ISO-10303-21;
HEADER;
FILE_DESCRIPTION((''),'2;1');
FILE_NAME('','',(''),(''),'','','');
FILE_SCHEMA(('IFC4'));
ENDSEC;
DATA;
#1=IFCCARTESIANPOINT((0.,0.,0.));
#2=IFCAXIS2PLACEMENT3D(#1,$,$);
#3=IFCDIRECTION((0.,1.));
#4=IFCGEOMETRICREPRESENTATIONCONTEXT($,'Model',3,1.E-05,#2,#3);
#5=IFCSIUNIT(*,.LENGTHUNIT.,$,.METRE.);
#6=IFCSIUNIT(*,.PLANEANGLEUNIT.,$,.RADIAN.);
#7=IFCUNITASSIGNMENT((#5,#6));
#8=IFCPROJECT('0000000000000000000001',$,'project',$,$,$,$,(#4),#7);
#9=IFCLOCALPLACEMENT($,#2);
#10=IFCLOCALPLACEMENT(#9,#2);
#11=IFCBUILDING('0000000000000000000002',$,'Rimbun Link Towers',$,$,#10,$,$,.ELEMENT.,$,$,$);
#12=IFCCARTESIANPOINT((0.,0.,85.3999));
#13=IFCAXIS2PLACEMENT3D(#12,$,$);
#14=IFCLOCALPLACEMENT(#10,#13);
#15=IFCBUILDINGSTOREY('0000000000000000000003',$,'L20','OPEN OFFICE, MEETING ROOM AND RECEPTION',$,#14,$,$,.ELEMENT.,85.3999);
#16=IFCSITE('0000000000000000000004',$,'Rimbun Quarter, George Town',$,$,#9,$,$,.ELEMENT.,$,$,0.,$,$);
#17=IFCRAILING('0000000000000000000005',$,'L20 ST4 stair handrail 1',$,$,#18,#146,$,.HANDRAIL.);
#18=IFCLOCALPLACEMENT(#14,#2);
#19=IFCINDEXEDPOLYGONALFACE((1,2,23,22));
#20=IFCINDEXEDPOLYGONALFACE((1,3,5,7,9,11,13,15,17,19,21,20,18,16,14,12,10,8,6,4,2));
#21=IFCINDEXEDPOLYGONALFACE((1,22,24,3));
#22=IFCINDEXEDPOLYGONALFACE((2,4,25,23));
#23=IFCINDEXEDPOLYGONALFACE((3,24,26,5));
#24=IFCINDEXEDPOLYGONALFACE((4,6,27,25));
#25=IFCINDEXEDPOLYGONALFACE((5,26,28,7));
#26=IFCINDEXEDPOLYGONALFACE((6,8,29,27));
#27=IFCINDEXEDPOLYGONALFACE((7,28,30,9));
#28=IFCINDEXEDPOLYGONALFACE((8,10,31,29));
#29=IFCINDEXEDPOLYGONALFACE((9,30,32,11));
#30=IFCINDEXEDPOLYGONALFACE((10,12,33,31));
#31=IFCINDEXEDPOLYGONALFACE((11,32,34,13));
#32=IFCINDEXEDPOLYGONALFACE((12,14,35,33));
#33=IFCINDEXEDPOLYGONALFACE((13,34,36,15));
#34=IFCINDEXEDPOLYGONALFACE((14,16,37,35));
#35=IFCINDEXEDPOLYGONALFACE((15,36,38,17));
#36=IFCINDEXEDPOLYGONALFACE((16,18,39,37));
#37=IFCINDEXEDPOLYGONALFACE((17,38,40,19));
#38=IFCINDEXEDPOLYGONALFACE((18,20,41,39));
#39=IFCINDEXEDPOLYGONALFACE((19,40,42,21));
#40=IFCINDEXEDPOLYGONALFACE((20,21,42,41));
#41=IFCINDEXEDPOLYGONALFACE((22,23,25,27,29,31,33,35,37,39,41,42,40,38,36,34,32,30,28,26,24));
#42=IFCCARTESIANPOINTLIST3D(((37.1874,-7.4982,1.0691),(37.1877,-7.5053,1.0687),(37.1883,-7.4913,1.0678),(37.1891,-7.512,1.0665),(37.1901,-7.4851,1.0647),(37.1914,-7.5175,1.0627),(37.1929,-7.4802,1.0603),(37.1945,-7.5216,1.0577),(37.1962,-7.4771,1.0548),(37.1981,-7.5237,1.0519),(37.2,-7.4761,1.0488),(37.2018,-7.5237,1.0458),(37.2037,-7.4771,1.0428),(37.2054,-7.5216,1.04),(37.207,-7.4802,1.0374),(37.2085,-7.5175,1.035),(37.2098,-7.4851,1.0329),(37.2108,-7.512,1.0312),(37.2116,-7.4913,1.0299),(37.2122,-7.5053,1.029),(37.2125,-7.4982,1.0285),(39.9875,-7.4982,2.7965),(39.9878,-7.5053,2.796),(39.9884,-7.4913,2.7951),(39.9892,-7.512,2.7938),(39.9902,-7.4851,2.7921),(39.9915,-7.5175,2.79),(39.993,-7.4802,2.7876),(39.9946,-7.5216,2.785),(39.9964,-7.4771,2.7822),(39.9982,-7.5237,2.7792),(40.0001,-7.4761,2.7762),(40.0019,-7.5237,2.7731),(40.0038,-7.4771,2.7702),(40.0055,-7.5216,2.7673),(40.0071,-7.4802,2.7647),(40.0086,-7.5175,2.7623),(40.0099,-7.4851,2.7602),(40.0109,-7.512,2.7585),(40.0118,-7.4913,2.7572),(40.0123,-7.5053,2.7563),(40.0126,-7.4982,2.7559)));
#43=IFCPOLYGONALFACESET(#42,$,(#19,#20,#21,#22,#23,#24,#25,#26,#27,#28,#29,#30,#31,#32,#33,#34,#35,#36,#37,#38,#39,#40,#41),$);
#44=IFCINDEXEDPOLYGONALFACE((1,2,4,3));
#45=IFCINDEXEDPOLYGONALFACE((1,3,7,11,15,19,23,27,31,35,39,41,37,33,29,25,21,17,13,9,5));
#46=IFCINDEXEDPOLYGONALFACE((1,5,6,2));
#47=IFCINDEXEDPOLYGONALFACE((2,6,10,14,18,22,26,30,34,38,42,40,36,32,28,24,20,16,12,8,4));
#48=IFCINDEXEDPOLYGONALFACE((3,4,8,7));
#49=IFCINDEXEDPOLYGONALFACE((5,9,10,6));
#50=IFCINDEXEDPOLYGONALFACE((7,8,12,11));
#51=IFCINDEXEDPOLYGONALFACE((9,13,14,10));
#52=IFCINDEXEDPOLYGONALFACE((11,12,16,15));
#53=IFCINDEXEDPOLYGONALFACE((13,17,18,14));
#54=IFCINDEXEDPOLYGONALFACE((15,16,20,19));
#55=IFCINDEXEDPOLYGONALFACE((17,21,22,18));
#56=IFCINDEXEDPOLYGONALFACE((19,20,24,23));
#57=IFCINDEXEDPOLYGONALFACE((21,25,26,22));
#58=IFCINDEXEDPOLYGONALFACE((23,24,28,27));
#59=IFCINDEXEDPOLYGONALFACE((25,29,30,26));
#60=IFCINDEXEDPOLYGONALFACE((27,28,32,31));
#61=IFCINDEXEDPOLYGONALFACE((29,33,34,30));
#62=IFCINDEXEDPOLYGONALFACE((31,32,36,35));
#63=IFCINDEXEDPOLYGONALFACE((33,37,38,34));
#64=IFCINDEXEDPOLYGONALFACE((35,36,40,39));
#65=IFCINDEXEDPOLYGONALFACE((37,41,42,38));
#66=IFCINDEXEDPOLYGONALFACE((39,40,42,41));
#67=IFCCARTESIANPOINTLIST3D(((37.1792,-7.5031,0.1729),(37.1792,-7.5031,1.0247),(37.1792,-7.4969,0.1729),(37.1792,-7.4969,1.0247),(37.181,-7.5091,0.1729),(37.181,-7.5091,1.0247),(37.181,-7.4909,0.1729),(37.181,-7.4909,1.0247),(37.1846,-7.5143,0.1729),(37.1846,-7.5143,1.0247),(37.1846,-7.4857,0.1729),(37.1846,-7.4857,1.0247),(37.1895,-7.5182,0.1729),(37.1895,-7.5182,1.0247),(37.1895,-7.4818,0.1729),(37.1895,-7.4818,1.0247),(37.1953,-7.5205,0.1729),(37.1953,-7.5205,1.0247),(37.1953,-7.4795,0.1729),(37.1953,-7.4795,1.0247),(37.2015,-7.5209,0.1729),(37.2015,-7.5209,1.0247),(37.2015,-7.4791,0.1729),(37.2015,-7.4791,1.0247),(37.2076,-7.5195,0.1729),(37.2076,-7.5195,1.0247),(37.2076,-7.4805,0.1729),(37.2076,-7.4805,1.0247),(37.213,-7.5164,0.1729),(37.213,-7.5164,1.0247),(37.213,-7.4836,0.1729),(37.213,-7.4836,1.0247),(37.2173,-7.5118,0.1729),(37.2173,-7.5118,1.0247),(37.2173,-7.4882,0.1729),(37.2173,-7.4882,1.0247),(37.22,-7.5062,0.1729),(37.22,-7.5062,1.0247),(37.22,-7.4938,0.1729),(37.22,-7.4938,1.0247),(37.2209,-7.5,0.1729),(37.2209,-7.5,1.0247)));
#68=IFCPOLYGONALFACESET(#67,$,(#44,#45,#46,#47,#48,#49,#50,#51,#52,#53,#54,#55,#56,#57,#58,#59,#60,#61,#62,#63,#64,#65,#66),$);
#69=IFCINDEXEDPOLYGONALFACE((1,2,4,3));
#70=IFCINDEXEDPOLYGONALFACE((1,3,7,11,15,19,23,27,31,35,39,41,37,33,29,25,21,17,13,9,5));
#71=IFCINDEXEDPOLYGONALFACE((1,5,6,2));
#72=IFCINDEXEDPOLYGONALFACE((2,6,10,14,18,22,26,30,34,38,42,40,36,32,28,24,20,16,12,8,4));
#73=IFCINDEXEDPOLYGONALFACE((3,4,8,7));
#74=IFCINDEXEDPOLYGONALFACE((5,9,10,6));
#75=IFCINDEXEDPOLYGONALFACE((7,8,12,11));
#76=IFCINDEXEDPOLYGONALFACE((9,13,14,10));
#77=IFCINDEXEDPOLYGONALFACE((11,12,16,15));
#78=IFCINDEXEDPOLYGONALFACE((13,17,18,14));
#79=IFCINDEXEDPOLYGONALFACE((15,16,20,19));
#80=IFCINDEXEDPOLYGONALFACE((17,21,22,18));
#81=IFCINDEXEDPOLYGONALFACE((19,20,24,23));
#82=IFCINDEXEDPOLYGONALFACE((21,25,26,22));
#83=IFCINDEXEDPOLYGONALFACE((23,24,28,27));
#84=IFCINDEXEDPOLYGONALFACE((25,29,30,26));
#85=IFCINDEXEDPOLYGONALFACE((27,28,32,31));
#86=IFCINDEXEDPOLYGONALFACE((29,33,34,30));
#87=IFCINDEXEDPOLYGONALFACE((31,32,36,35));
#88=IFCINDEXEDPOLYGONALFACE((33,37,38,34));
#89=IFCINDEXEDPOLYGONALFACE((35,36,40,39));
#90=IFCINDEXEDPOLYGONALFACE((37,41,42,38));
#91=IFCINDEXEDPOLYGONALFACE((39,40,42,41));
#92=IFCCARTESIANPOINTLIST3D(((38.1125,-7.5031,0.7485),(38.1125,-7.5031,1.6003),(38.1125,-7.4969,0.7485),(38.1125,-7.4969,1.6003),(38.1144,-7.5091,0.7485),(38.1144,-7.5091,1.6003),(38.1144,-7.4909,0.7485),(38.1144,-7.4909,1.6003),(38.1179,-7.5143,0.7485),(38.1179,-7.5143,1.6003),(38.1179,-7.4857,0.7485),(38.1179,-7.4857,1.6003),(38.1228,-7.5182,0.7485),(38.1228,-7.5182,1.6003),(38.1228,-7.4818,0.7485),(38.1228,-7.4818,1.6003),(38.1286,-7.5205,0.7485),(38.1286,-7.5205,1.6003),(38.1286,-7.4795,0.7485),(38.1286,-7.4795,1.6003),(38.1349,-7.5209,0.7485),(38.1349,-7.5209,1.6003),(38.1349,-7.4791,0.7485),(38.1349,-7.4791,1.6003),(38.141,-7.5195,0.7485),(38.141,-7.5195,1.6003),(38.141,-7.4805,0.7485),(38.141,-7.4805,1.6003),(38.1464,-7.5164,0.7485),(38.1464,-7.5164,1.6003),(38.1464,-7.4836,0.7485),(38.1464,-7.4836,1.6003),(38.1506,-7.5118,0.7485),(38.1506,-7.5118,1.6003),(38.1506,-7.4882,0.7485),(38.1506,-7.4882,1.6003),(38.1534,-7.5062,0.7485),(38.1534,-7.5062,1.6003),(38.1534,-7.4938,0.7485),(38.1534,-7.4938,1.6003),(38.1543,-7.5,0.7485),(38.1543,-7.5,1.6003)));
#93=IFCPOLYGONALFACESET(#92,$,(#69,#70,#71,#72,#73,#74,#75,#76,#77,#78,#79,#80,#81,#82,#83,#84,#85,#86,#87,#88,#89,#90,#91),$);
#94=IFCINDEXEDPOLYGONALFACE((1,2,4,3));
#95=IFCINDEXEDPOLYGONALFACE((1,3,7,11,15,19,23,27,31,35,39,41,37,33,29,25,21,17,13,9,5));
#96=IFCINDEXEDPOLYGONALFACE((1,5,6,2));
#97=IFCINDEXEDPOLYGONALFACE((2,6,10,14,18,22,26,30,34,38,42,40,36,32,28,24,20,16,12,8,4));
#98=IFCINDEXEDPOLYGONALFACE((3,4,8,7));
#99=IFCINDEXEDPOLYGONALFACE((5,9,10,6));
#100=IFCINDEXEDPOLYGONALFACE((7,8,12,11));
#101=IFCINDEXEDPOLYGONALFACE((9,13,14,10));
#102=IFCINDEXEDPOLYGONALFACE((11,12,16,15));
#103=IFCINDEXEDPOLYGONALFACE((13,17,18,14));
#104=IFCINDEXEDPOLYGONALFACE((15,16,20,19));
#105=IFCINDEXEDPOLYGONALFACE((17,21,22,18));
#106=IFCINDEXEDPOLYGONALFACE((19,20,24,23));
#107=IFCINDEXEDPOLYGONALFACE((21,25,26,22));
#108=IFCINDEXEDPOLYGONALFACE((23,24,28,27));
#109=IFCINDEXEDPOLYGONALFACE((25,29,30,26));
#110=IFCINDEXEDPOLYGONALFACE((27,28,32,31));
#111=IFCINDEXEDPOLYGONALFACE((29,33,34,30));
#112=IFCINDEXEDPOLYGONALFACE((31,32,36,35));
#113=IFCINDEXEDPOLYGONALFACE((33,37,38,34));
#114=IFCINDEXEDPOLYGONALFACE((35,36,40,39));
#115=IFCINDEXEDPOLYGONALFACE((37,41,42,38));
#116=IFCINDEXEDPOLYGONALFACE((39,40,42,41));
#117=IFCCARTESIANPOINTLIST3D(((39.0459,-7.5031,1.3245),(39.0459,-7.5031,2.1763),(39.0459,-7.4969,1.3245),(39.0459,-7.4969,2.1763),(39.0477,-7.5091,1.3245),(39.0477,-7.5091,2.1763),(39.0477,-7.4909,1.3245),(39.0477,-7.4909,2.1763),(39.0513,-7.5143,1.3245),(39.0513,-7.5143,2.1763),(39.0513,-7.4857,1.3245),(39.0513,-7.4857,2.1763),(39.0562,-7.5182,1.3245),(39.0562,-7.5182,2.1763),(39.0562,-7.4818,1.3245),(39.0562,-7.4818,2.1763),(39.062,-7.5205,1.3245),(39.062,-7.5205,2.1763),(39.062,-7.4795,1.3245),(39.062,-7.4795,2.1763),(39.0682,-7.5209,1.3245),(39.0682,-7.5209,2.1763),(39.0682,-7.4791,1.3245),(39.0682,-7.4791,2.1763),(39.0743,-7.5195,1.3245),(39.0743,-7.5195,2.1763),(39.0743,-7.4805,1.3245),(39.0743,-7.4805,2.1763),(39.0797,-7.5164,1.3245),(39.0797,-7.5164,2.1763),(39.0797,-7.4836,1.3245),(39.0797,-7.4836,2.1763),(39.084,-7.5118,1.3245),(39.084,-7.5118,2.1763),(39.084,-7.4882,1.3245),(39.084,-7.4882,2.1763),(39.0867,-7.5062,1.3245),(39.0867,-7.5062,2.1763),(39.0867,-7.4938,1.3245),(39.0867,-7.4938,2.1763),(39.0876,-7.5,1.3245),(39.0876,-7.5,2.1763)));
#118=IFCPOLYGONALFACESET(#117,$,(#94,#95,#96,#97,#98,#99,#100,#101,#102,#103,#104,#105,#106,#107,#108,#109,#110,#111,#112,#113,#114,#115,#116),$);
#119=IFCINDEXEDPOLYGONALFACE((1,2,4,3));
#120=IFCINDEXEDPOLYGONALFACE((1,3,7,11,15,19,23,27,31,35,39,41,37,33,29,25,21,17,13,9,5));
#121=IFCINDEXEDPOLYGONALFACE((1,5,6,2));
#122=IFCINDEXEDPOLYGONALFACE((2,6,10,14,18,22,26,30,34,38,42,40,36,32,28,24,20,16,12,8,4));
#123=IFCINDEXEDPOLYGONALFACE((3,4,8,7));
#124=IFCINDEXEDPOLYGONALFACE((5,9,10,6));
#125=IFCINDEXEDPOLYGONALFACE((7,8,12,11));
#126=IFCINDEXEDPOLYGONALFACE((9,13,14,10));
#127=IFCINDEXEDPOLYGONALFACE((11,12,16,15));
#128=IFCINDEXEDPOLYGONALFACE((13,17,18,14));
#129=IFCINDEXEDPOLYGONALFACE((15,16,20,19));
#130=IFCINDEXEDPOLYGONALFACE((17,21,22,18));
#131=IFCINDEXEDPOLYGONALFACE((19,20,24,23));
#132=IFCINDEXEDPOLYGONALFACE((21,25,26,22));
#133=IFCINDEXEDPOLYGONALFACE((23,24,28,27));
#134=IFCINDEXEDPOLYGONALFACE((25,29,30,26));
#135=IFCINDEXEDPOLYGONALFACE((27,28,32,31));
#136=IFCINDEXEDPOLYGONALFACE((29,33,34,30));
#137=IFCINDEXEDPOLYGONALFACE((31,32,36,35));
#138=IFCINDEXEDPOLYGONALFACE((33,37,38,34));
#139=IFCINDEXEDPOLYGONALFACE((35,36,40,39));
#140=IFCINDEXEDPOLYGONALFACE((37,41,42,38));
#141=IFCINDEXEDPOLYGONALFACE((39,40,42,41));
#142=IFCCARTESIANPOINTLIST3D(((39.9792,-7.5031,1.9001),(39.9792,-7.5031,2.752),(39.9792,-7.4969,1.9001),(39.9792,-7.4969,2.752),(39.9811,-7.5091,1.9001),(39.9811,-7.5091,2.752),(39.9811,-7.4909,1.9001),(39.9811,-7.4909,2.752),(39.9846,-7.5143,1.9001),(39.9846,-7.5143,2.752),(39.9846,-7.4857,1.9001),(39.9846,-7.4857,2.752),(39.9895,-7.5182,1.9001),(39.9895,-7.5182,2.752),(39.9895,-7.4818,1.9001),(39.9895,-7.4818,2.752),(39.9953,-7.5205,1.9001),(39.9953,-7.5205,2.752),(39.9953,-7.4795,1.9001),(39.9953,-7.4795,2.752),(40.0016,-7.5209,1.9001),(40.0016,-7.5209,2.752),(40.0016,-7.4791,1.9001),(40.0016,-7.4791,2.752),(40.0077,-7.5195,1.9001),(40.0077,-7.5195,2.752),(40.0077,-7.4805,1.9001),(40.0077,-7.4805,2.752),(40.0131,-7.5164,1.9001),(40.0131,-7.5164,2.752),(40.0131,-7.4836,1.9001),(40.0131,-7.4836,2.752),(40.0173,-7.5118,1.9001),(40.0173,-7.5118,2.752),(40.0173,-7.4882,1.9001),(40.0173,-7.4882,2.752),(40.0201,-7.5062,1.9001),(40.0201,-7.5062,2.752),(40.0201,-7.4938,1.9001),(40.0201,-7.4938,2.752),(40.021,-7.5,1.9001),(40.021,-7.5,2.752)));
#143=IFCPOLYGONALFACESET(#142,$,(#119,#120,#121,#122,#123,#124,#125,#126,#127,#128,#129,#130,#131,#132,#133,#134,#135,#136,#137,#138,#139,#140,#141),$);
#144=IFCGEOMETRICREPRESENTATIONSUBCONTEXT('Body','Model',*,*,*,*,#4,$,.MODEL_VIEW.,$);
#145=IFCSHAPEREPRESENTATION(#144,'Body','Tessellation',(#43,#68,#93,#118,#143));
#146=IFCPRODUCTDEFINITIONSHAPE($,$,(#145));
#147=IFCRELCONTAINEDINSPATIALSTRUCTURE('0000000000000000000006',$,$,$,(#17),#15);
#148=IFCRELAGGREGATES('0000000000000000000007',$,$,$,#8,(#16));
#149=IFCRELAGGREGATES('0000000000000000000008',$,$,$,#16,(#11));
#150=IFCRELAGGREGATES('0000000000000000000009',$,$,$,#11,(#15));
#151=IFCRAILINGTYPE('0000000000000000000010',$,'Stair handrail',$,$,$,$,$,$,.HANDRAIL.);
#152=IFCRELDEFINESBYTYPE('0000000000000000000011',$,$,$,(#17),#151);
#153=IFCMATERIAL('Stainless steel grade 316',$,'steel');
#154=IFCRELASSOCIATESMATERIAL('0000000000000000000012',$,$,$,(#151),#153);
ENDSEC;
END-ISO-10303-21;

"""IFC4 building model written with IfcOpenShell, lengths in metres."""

from ifc_helpers import new_model, si_unit, direction, frame, origin, origin_2d, place, context, subcontext, project, spatial, circle, extrude, material, type_object, element, save


model = new_model("IFC4")

# Units and contexts
model_context = context("Model", 3, precision=1e-05, world=origin(), true_north=direction((0.0, 1.0)))
body_context = subcontext(model_context, "Body", "Model", "MODEL_VIEW")
ifc_project = project(units=[si_unit("LENGTHUNIT", "METRE"), si_unit("PLANEANGLEUNIT", "RADIAN")], contexts=[model_context])

# Site, building, storey
site_placement = place(None, origin())
site = spatial("IfcSite", under=ifc_project, at=site_placement, Name="Rimbun Quarter, George Town", CompositionType="ELEMENT", RefElevation=0.0)
building_placement = place(site_placement, origin())
building = spatial("IfcBuilding", under=site, at=building_placement, Name="Rimbun Link Towers", CompositionType="ELEMENT")
storey_placement = place(building_placement, frame((0.0, 0.0, 85.3999)))
storey = spatial("IfcBuildingStorey", under=building, at=storey_placement, Name="L20", Description="OPEN OFFICE, MEETING ROOM AND RECEPTION", CompositionType="ELEMENT", Elevation=85.3999)

# Railing
ifc_material_1 = material(Name="Stainless steel grade 316", Category="steel")
railing_type_1 = type_object("IfcRailingType", Name="Stair handrail", PredefinedType="HANDRAIL", material=ifc_material_1)
railing_1_placement = place(storey_placement, frame((37.2, -7.5, 0.1729)))
element("IfcRailing", 1, at=railing_1_placement, inside=storey, type_object=railing_type_1, Name="L20 ST4 stair handrail 1", PredefinedType="HANDRAIL", context=body_context, shape_type="SweptSolid", body=[
    extrude(circle(Radius=0.0239, at=origin_2d()), frame((0.0, 0.0, 0.876), z_axis=(0.85109, 0.0, 0.52502), x_axis=(0.0, 1.0, 0.0)), (0.0, 0.0, 1.0), 3.29),
    extrude(circle(Radius=0.021, at=origin_2d()), origin(), (0.0, 0.0, 1.0), 0.8518),
    extrude(circle(Radius=0.021, at=origin_2d()), frame((0.9333, 0.0, 0.5757)), (0.0, 0.0, 1.0), 0.8518),
    extrude(circle(Radius=0.021, at=origin_2d()), frame((1.8667, 0.0, 1.1516)), (0.0, 0.0, 1.0), 0.8518),
    extrude(circle(Radius=0.021, at=origin_2d()), frame((2.8, 0.0, 1.7273)), (0.0, 0.0, 1.0), 0.8518),
])

save(model, "model.ifc")
